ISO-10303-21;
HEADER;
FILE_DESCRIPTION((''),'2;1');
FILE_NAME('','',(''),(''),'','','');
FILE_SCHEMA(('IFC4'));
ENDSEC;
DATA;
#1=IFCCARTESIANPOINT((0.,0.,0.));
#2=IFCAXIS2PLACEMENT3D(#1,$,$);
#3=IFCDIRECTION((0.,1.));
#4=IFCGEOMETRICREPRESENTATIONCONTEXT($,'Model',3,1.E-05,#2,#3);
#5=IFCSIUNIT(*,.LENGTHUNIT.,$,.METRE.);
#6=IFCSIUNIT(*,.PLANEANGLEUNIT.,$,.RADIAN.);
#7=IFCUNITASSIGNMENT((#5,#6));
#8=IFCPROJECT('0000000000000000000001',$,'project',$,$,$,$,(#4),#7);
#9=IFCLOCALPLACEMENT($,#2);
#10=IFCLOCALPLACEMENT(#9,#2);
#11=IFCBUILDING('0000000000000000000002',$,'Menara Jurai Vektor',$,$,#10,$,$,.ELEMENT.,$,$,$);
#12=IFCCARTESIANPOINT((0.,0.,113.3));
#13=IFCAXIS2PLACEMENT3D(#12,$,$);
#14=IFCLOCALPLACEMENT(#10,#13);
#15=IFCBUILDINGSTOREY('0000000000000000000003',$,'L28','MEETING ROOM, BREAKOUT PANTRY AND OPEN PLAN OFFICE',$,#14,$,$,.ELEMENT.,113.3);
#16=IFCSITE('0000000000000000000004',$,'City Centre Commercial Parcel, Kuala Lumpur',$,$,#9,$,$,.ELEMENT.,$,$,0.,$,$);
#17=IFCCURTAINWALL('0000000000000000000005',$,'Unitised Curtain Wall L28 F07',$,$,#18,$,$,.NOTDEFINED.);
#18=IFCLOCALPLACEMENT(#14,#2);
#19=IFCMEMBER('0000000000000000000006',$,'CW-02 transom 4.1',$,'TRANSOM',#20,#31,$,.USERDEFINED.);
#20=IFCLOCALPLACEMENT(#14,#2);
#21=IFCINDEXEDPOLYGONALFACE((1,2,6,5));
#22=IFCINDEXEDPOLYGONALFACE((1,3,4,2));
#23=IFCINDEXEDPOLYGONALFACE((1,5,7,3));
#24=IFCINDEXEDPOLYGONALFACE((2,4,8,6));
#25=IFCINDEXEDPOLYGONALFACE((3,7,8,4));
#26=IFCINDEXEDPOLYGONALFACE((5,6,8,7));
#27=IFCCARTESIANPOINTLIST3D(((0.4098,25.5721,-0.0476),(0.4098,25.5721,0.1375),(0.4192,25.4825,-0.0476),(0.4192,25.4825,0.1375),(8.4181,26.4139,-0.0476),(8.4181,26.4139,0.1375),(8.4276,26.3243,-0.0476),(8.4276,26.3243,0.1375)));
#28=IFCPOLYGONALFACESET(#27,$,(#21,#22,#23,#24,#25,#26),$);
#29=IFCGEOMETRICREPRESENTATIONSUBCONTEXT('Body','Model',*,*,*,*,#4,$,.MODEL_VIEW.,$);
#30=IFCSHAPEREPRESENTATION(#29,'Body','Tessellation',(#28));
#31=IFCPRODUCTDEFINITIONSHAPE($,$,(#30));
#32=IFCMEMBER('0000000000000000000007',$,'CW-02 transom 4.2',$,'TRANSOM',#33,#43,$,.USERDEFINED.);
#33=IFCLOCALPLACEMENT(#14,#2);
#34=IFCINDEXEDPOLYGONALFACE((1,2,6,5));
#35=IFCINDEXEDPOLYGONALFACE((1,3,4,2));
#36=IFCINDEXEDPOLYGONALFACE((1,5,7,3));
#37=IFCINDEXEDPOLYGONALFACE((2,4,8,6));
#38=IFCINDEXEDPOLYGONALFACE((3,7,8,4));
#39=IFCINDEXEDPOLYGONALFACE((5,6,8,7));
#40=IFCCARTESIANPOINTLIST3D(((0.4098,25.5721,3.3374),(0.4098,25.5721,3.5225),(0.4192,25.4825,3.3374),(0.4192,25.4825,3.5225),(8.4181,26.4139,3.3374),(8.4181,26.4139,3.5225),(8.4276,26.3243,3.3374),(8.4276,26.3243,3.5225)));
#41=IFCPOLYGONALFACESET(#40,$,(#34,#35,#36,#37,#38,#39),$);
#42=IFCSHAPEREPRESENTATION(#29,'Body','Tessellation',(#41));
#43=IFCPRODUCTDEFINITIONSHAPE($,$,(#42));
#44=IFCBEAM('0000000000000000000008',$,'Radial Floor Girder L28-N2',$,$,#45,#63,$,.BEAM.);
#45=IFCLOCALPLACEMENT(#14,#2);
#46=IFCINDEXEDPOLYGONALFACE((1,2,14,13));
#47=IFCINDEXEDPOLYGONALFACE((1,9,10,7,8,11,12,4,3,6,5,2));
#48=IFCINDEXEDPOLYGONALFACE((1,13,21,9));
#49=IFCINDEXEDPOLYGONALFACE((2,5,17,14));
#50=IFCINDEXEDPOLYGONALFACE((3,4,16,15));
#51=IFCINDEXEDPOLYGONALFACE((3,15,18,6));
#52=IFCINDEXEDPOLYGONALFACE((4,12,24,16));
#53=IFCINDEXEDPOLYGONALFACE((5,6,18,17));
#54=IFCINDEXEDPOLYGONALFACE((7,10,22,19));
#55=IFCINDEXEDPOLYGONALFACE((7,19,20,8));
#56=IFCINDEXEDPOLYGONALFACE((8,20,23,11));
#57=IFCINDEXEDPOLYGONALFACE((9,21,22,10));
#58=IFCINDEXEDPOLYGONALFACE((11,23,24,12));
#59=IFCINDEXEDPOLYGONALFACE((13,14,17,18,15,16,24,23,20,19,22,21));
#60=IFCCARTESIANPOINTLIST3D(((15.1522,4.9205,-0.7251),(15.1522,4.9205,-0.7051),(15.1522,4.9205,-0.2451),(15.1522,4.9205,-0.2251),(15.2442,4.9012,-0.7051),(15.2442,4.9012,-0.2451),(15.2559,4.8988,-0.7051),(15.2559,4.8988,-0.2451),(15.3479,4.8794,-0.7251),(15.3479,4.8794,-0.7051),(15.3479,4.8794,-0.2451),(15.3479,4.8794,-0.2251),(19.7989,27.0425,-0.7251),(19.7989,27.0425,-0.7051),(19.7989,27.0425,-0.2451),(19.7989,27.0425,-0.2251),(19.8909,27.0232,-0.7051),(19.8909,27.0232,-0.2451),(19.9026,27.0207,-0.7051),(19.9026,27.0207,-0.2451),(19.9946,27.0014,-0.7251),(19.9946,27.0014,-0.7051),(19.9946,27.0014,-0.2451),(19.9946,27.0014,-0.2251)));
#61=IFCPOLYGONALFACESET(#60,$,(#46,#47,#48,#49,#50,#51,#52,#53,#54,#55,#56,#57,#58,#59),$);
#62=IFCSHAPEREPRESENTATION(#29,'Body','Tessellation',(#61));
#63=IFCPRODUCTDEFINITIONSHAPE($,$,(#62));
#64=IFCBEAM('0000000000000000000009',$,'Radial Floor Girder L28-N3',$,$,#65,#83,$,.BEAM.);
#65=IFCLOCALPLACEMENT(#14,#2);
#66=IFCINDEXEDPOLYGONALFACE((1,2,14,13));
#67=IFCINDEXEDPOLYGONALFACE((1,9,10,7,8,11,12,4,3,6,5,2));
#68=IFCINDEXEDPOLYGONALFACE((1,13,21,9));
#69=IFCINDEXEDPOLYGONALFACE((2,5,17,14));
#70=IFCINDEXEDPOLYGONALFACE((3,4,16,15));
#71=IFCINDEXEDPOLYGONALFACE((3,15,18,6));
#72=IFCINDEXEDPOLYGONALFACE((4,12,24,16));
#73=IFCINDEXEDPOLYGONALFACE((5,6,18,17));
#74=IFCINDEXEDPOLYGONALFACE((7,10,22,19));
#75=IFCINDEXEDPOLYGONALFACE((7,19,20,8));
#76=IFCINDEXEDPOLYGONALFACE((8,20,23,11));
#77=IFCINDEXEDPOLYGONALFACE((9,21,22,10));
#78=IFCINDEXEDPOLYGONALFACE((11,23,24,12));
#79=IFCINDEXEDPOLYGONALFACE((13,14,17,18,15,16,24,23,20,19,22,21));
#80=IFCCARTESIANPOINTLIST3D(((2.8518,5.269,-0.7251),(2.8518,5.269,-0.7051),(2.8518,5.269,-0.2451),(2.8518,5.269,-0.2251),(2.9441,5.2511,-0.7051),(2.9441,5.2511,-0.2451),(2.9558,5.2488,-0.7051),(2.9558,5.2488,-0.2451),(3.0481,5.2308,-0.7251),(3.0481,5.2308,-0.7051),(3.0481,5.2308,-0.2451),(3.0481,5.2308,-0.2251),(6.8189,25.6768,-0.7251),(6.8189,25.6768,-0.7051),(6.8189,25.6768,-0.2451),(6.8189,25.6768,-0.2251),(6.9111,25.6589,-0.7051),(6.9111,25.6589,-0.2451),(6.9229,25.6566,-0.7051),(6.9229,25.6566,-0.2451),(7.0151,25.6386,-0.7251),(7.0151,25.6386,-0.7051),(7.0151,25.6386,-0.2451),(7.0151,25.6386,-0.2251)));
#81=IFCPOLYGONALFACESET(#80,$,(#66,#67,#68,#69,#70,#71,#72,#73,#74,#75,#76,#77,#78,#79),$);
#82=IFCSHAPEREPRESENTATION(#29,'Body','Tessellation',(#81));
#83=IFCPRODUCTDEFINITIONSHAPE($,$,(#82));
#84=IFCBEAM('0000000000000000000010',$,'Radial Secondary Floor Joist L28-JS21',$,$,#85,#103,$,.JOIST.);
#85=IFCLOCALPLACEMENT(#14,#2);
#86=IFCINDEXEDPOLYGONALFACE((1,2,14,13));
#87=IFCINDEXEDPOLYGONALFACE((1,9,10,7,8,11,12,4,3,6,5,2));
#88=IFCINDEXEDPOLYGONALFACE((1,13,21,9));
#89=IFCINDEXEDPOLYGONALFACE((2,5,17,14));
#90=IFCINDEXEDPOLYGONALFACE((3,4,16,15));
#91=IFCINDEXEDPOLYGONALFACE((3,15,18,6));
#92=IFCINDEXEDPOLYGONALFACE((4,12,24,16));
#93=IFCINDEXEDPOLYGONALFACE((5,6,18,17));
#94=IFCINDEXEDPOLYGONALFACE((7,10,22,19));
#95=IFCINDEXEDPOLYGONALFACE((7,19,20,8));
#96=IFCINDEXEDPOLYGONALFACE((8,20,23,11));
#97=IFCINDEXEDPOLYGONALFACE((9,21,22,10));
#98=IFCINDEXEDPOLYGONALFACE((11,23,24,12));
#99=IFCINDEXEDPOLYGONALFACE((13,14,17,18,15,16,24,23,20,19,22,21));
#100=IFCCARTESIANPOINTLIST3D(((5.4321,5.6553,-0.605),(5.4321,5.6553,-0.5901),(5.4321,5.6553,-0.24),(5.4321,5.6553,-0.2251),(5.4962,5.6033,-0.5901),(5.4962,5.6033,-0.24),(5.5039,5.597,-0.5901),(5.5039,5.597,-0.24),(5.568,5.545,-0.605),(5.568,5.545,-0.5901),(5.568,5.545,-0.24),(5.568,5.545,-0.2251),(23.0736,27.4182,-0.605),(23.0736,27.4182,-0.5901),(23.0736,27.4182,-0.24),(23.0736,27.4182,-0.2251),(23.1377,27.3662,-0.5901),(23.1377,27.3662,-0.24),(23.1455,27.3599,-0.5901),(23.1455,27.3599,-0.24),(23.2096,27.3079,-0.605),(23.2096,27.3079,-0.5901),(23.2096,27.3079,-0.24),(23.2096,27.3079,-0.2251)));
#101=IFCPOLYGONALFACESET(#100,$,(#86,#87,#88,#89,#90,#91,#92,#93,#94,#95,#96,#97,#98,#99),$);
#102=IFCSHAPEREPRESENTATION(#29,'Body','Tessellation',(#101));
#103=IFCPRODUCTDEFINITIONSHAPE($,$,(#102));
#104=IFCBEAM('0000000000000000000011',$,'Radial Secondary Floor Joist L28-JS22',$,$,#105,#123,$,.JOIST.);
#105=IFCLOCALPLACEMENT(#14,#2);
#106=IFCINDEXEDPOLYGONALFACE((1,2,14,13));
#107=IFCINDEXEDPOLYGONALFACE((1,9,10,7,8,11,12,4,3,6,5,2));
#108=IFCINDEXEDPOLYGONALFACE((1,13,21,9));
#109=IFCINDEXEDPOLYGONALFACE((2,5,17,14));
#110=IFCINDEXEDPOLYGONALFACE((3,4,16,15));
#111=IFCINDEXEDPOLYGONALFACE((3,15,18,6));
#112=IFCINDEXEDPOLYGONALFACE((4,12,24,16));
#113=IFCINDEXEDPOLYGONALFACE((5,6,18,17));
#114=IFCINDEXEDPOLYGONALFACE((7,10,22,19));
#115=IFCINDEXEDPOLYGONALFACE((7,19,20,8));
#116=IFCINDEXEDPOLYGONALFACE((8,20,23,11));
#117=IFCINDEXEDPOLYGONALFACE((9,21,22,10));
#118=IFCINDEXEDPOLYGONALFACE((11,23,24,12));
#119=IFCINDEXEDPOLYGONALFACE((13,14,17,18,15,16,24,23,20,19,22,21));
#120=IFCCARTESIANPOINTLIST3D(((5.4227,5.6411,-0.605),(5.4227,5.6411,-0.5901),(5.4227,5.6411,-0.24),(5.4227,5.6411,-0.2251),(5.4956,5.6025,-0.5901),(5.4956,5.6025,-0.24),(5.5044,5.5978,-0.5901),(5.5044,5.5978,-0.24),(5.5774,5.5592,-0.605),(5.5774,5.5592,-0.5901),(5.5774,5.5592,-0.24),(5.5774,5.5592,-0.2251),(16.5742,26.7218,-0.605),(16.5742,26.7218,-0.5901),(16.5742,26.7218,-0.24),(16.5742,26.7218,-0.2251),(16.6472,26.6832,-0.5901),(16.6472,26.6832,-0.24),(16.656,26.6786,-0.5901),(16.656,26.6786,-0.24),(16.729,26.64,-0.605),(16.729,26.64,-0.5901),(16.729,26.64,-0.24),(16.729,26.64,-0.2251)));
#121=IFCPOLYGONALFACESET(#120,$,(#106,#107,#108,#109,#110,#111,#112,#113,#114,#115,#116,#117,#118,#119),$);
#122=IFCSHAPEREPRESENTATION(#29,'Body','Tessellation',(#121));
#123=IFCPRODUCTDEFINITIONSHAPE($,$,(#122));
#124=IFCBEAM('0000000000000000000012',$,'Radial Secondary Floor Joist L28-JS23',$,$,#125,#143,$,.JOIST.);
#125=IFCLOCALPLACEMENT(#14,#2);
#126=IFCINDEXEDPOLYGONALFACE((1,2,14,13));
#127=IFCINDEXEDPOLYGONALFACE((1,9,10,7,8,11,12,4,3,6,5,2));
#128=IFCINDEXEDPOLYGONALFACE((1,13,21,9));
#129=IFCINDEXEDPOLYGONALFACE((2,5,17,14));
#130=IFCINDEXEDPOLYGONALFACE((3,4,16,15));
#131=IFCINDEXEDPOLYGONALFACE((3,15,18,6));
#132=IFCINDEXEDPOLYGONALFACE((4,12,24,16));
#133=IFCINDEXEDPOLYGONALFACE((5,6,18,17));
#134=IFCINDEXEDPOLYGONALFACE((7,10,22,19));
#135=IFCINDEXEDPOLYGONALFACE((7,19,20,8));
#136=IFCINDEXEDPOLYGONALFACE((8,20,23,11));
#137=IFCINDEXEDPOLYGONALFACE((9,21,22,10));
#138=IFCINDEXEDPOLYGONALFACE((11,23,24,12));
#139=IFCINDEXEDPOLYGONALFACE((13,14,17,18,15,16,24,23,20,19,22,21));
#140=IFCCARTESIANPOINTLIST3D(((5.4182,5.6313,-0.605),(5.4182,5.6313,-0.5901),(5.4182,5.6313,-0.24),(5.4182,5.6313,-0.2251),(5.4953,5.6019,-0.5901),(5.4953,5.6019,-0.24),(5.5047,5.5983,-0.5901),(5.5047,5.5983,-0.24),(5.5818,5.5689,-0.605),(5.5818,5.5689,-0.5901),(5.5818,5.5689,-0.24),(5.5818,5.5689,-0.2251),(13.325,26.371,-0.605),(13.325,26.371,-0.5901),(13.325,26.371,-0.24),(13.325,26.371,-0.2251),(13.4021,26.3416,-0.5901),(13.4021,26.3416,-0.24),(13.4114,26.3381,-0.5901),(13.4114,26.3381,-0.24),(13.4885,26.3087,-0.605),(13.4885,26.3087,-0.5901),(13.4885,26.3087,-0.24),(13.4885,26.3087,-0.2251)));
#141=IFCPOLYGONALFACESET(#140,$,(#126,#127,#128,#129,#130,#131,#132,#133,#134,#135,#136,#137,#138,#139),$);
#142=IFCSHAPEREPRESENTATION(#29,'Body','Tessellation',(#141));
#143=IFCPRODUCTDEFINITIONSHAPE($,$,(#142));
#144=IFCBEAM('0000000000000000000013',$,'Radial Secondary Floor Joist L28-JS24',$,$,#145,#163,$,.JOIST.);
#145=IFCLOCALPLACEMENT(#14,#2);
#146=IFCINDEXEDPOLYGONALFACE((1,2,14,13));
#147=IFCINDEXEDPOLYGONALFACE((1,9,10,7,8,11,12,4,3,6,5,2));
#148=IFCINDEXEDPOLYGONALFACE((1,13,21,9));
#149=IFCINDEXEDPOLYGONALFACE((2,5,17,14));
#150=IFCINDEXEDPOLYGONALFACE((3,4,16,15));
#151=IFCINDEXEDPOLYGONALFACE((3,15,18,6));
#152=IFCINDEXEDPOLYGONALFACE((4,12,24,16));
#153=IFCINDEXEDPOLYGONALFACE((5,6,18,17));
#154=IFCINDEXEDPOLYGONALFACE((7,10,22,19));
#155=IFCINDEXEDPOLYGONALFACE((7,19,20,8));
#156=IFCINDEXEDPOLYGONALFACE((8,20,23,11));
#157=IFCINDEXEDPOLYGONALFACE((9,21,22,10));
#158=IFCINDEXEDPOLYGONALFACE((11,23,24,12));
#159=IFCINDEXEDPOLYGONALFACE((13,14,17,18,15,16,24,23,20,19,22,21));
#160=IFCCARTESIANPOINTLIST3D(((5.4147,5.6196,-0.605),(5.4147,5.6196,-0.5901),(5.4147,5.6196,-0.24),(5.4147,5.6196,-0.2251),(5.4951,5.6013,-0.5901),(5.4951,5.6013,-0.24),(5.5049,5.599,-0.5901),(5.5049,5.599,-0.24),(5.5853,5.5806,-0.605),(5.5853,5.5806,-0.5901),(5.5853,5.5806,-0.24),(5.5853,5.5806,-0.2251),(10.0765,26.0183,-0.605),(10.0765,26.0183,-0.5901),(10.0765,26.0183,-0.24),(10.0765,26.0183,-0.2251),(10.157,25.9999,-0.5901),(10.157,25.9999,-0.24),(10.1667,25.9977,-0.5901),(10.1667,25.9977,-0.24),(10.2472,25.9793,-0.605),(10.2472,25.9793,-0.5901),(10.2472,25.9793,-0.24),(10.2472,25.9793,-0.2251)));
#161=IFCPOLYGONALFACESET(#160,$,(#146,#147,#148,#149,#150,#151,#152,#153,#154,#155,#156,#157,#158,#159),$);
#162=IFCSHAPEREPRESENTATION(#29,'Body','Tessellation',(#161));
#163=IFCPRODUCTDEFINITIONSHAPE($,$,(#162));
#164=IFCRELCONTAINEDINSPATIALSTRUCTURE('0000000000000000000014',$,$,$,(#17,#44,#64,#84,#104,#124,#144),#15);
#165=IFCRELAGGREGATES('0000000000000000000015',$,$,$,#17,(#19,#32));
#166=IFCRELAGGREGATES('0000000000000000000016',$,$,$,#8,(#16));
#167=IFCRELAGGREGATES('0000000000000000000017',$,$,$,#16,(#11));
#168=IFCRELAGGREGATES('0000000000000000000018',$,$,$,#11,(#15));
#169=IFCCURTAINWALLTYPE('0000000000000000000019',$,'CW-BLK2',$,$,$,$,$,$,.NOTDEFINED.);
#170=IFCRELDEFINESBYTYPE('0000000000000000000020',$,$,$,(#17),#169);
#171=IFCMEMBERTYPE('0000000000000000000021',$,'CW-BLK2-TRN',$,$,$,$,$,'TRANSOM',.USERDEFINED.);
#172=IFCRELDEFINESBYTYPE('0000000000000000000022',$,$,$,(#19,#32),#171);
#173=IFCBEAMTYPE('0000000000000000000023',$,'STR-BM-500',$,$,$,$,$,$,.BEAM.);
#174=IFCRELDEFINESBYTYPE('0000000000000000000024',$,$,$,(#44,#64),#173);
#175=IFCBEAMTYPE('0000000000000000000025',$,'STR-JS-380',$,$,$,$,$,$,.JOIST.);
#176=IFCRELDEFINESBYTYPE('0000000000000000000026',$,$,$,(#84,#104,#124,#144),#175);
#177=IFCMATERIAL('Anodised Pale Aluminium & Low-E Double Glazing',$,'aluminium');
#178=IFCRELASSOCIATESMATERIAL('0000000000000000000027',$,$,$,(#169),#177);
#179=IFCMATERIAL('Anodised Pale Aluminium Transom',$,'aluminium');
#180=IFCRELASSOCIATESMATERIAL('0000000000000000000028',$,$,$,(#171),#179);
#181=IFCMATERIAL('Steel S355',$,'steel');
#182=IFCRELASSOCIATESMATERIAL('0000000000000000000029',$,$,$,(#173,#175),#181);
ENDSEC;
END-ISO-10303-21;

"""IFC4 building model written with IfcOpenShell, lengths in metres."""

from ifc_helpers import new_model, si_unit, direction, frame, origin, origin_2d, place, context, subcontext, project, spatial, rectangle, i_section, extrude, material, material_profile, profile_set, type_object, element, aggregate, save


model = new_model("IFC4")

# Units and contexts
model_context = context("Model", 3, precision=1e-05, world=origin(), true_north=direction((0.0, 1.0)))
body_context = subcontext(model_context, "Body", "Model", "MODEL_VIEW")
ifc_project = project(units=[si_unit("LENGTHUNIT", "METRE"), si_unit("PLANEANGLEUNIT", "RADIAN")], contexts=[model_context])

# Site, building, storey
site_placement = place(None, origin())
site = spatial("IfcSite", under=ifc_project, at=site_placement, Name="City Centre Commercial Parcel, Kuala Lumpur", CompositionType="ELEMENT", RefElevation=0.0)
building_placement = place(site_placement, origin())
building = spatial("IfcBuilding", under=site, at=building_placement, Name="Menara Jurai Vektor", CompositionType="ELEMENT")
storey_placement = place(building_placement, frame((0.0, 0.0, 113.3)))
storey = spatial("IfcBuildingStorey", under=building, at=storey_placement, Name="L28", Description="MEETING ROOM, BREAKOUT PANTRY AND OPEN PLAN OFFICE", CompositionType="ELEMENT", Elevation=113.3)

# Curtain wall, members
ifc_material_1 = material(Name="Anodised Pale Aluminium & Low-E Double Glazing", Category="aluminium")
curtain_wall_type = type_object("IfcCurtainWallType", Name="CW-BLK2", PredefinedType="NOTDEFINED", material=ifc_material_1)
curtain_wall_placement = place(storey_placement, origin())
curtain_wall = element("IfcCurtainWall", 1, at=curtain_wall_placement, inside=storey, type_object=curtain_wall_type, Name="Unitised Curtain Wall L28 F07", PredefinedType="NOTDEFINED")
ifc_material_2 = material(Name="Anodised Pale Aluminium Transom", Category="aluminium")
ifc_material_profile_1 = material_profile(ifc_material_2, rectangle(XDim=0.0901, YDim=0.1851, at=origin_2d()), Name="ALU TRN 90x185")
ifc_profile_set_1 = profile_set([ifc_material_profile_1], Name="Anodised Pale Aluminium Transom")
member_type_1 = type_object("IfcMemberType", Name="CW-BLK2-TRN", ElementType="TRANSOM", PredefinedType="USERDEFINED", material=ifc_profile_set_1)
member_1_placement = place(storey_placement, frame((8.4229, 26.3691, 0.0449), z_axis=(-0.994521, -0.10454, 0.0), x_axis=(0.10454, -0.994521, 0.0)))
member_1 = element("IfcMember", 2, at=member_1_placement, type_object=member_type_1, Name="CW-02 transom 4.1", ObjectType="TRANSOM", PredefinedType="USERDEFINED", context=body_context, shape_type="SweptSolid", body=[
    extrude(rectangle(XDim=0.0901, YDim=0.1851, at=origin_2d()), origin(), (0.0, 0.0, 1.0), 8.0525),
])
member_2_placement = place(storey_placement, frame((8.4229, 26.3691, 3.4299), z_axis=(-0.994521, -0.10454, 0.0), x_axis=(0.10454, -0.994521, 0.0)))
member_2 = element("IfcMember", 3, at=member_2_placement, type_object=member_type_1, Name="CW-02 transom 4.2", ObjectType="TRANSOM", PredefinedType="USERDEFINED", context=body_context, shape_type="SweptSolid", body=[
    extrude(rectangle(XDim=0.0901, YDim=0.1851, at=origin_2d()), origin(), (0.0, 0.0, 1.0), 8.0525),
])

# Beams
ifc_material_3 = material(Name="Steel S355", Category="steel")
ifc_material_profile_2 = material_profile(ifc_material_3, i_section(OverallWidth=0.2, OverallDepth=0.5, WebThickness=0.012, FlangeThickness=0.02, at=origin_2d()), Name="PG 500x200x96")
ifc_profile_set_2 = profile_set([ifc_material_profile_2], Name="Steel S355")
beam_type_1 = type_object("IfcBeamType", Name="STR-BM-500", PredefinedType="BEAM", material=ifc_profile_set_2)
beam_1_placement = place(storey_placement, frame((19.8967, 27.022, -0.4751), z_axis=(-0.205564, -0.978644, 0.0), x_axis=(0.978644, -0.205564, 0.0)))
element("IfcBeam", 4, at=beam_1_placement, inside=storey, type_object=beam_type_1, Name="Radial Floor Girder L28-N2", PredefinedType="BEAM", context=body_context, shape_type="SweptSolid", body=[
    extrude(i_section(OverallWidth=0.2, OverallDepth=0.5, WebThickness=0.012, FlangeThickness=0.02, at=origin_2d()), origin(), (0.0, 0.0, 1.0), 22.6047),
])
beam_2_placement = place(storey_placement, frame((6.917, 25.6577, -0.4751), z_axis=(-0.190817, -0.981626, 0.0), x_axis=(0.981626, -0.190817, 0.0)))
element("IfcBeam", 5, at=beam_2_placement, inside=storey, type_object=beam_type_1, Name="Radial Floor Girder L28-N3", PredefinedType="BEAM", context=body_context, shape_type="SweptSolid", body=[
    extrude(i_section(OverallWidth=0.2, OverallDepth=0.5, WebThickness=0.012, FlangeThickness=0.02, at=origin_2d()), origin(), (0.0, 0.0, 1.0), 20.7898),
])
ifc_material_profile_3 = material_profile(ifc_material_3, i_section(OverallWidth=0.175, OverallDepth=0.3799, WebThickness=0.01, FlangeThickness=0.0149, at=origin_2d()), Name="PG 380x175x58")
ifc_profile_set_3 = profile_set([ifc_material_profile_3], Name="Steel S355")
beam_type_2 = type_object("IfcBeamType", Name="STR-JS-380", PredefinedType="JOIST", material=ifc_profile_set_3)
beam_3_placement = place(storey_placement, frame((23.1416, 27.363, -0.415), z_axis=(-0.629715, -0.776826, 0.0), x_axis=(0.776826, -0.629715, 0.0)))
element("IfcBeam", 6, at=beam_3_placement, inside=storey, type_object=beam_type_2, Name="Radial Secondary Floor Joist L28-JS21", PredefinedType="JOIST", context=body_context, shape_type="SweptSolid", body=[
    extrude(i_section(OverallWidth=0.175, OverallDepth=0.3799, WebThickness=0.01, FlangeThickness=0.0149, at=origin_2d()), origin(), (0.0, 0.0, 1.0), 28.0151),
])
beam_4_placement = place(storey_placement, frame((16.6516, 26.6809, -0.415), z_axis=(-0.467599, -0.883941, 0.0), x_axis=(0.883941, -0.467599, 0.0)))
element("IfcBeam", 7, at=beam_4_placement, inside=storey, type_object=beam_type_2, Name="Radial Secondary Floor Joist L28-JS22", PredefinedType="JOIST", context=body_context, shape_type="SweptSolid", body=[
    extrude(i_section(OverallWidth=0.175, OverallDepth=0.3799, WebThickness=0.01, FlangeThickness=0.0149, at=origin_2d()), origin(), (0.0, 0.0, 1.0), 23.8486),
])
beam_5_placement = place(storey_placement, frame((13.4067, 26.3398, -0.415), z_axis=(-0.356227, -0.9344, 0.0), x_axis=(0.9344, -0.356227, 0.0)))
element("IfcBeam", 8, at=beam_5_placement, inside=storey, type_object=beam_type_2, Name="Radial Secondary Floor Joist L28-JS23", PredefinedType="JOIST", context=body_context, shape_type="SweptSolid", body=[
    extrude(i_section(OverallWidth=0.175, OverallDepth=0.3799, WebThickness=0.01, FlangeThickness=0.0149, at=origin_2d()), origin(), (0.0, 0.0, 1.0), 22.1958),
])
beam_6_placement = place(storey_placement, frame((10.1619, 25.9988, -0.415), z_axis=(-0.222793, -0.974866, 0.0), x_axis=(0.974866, -0.222793, 0.0)))
element("IfcBeam", 9, at=beam_6_placement, inside=storey, type_object=beam_type_2, Name="Radial Secondary Floor Joist L28-JS24", PredefinedType="JOIST", context=body_context, shape_type="SweptSolid", body=[
    extrude(i_section(OverallWidth=0.175, OverallDepth=0.3799, WebThickness=0.01, FlangeThickness=0.0149, at=origin_2d()), origin(), (0.0, 0.0, 1.0), 20.9246),
])

aggregate(curtain_wall, [member_1, member_2])

save(model, "model.ifc")
